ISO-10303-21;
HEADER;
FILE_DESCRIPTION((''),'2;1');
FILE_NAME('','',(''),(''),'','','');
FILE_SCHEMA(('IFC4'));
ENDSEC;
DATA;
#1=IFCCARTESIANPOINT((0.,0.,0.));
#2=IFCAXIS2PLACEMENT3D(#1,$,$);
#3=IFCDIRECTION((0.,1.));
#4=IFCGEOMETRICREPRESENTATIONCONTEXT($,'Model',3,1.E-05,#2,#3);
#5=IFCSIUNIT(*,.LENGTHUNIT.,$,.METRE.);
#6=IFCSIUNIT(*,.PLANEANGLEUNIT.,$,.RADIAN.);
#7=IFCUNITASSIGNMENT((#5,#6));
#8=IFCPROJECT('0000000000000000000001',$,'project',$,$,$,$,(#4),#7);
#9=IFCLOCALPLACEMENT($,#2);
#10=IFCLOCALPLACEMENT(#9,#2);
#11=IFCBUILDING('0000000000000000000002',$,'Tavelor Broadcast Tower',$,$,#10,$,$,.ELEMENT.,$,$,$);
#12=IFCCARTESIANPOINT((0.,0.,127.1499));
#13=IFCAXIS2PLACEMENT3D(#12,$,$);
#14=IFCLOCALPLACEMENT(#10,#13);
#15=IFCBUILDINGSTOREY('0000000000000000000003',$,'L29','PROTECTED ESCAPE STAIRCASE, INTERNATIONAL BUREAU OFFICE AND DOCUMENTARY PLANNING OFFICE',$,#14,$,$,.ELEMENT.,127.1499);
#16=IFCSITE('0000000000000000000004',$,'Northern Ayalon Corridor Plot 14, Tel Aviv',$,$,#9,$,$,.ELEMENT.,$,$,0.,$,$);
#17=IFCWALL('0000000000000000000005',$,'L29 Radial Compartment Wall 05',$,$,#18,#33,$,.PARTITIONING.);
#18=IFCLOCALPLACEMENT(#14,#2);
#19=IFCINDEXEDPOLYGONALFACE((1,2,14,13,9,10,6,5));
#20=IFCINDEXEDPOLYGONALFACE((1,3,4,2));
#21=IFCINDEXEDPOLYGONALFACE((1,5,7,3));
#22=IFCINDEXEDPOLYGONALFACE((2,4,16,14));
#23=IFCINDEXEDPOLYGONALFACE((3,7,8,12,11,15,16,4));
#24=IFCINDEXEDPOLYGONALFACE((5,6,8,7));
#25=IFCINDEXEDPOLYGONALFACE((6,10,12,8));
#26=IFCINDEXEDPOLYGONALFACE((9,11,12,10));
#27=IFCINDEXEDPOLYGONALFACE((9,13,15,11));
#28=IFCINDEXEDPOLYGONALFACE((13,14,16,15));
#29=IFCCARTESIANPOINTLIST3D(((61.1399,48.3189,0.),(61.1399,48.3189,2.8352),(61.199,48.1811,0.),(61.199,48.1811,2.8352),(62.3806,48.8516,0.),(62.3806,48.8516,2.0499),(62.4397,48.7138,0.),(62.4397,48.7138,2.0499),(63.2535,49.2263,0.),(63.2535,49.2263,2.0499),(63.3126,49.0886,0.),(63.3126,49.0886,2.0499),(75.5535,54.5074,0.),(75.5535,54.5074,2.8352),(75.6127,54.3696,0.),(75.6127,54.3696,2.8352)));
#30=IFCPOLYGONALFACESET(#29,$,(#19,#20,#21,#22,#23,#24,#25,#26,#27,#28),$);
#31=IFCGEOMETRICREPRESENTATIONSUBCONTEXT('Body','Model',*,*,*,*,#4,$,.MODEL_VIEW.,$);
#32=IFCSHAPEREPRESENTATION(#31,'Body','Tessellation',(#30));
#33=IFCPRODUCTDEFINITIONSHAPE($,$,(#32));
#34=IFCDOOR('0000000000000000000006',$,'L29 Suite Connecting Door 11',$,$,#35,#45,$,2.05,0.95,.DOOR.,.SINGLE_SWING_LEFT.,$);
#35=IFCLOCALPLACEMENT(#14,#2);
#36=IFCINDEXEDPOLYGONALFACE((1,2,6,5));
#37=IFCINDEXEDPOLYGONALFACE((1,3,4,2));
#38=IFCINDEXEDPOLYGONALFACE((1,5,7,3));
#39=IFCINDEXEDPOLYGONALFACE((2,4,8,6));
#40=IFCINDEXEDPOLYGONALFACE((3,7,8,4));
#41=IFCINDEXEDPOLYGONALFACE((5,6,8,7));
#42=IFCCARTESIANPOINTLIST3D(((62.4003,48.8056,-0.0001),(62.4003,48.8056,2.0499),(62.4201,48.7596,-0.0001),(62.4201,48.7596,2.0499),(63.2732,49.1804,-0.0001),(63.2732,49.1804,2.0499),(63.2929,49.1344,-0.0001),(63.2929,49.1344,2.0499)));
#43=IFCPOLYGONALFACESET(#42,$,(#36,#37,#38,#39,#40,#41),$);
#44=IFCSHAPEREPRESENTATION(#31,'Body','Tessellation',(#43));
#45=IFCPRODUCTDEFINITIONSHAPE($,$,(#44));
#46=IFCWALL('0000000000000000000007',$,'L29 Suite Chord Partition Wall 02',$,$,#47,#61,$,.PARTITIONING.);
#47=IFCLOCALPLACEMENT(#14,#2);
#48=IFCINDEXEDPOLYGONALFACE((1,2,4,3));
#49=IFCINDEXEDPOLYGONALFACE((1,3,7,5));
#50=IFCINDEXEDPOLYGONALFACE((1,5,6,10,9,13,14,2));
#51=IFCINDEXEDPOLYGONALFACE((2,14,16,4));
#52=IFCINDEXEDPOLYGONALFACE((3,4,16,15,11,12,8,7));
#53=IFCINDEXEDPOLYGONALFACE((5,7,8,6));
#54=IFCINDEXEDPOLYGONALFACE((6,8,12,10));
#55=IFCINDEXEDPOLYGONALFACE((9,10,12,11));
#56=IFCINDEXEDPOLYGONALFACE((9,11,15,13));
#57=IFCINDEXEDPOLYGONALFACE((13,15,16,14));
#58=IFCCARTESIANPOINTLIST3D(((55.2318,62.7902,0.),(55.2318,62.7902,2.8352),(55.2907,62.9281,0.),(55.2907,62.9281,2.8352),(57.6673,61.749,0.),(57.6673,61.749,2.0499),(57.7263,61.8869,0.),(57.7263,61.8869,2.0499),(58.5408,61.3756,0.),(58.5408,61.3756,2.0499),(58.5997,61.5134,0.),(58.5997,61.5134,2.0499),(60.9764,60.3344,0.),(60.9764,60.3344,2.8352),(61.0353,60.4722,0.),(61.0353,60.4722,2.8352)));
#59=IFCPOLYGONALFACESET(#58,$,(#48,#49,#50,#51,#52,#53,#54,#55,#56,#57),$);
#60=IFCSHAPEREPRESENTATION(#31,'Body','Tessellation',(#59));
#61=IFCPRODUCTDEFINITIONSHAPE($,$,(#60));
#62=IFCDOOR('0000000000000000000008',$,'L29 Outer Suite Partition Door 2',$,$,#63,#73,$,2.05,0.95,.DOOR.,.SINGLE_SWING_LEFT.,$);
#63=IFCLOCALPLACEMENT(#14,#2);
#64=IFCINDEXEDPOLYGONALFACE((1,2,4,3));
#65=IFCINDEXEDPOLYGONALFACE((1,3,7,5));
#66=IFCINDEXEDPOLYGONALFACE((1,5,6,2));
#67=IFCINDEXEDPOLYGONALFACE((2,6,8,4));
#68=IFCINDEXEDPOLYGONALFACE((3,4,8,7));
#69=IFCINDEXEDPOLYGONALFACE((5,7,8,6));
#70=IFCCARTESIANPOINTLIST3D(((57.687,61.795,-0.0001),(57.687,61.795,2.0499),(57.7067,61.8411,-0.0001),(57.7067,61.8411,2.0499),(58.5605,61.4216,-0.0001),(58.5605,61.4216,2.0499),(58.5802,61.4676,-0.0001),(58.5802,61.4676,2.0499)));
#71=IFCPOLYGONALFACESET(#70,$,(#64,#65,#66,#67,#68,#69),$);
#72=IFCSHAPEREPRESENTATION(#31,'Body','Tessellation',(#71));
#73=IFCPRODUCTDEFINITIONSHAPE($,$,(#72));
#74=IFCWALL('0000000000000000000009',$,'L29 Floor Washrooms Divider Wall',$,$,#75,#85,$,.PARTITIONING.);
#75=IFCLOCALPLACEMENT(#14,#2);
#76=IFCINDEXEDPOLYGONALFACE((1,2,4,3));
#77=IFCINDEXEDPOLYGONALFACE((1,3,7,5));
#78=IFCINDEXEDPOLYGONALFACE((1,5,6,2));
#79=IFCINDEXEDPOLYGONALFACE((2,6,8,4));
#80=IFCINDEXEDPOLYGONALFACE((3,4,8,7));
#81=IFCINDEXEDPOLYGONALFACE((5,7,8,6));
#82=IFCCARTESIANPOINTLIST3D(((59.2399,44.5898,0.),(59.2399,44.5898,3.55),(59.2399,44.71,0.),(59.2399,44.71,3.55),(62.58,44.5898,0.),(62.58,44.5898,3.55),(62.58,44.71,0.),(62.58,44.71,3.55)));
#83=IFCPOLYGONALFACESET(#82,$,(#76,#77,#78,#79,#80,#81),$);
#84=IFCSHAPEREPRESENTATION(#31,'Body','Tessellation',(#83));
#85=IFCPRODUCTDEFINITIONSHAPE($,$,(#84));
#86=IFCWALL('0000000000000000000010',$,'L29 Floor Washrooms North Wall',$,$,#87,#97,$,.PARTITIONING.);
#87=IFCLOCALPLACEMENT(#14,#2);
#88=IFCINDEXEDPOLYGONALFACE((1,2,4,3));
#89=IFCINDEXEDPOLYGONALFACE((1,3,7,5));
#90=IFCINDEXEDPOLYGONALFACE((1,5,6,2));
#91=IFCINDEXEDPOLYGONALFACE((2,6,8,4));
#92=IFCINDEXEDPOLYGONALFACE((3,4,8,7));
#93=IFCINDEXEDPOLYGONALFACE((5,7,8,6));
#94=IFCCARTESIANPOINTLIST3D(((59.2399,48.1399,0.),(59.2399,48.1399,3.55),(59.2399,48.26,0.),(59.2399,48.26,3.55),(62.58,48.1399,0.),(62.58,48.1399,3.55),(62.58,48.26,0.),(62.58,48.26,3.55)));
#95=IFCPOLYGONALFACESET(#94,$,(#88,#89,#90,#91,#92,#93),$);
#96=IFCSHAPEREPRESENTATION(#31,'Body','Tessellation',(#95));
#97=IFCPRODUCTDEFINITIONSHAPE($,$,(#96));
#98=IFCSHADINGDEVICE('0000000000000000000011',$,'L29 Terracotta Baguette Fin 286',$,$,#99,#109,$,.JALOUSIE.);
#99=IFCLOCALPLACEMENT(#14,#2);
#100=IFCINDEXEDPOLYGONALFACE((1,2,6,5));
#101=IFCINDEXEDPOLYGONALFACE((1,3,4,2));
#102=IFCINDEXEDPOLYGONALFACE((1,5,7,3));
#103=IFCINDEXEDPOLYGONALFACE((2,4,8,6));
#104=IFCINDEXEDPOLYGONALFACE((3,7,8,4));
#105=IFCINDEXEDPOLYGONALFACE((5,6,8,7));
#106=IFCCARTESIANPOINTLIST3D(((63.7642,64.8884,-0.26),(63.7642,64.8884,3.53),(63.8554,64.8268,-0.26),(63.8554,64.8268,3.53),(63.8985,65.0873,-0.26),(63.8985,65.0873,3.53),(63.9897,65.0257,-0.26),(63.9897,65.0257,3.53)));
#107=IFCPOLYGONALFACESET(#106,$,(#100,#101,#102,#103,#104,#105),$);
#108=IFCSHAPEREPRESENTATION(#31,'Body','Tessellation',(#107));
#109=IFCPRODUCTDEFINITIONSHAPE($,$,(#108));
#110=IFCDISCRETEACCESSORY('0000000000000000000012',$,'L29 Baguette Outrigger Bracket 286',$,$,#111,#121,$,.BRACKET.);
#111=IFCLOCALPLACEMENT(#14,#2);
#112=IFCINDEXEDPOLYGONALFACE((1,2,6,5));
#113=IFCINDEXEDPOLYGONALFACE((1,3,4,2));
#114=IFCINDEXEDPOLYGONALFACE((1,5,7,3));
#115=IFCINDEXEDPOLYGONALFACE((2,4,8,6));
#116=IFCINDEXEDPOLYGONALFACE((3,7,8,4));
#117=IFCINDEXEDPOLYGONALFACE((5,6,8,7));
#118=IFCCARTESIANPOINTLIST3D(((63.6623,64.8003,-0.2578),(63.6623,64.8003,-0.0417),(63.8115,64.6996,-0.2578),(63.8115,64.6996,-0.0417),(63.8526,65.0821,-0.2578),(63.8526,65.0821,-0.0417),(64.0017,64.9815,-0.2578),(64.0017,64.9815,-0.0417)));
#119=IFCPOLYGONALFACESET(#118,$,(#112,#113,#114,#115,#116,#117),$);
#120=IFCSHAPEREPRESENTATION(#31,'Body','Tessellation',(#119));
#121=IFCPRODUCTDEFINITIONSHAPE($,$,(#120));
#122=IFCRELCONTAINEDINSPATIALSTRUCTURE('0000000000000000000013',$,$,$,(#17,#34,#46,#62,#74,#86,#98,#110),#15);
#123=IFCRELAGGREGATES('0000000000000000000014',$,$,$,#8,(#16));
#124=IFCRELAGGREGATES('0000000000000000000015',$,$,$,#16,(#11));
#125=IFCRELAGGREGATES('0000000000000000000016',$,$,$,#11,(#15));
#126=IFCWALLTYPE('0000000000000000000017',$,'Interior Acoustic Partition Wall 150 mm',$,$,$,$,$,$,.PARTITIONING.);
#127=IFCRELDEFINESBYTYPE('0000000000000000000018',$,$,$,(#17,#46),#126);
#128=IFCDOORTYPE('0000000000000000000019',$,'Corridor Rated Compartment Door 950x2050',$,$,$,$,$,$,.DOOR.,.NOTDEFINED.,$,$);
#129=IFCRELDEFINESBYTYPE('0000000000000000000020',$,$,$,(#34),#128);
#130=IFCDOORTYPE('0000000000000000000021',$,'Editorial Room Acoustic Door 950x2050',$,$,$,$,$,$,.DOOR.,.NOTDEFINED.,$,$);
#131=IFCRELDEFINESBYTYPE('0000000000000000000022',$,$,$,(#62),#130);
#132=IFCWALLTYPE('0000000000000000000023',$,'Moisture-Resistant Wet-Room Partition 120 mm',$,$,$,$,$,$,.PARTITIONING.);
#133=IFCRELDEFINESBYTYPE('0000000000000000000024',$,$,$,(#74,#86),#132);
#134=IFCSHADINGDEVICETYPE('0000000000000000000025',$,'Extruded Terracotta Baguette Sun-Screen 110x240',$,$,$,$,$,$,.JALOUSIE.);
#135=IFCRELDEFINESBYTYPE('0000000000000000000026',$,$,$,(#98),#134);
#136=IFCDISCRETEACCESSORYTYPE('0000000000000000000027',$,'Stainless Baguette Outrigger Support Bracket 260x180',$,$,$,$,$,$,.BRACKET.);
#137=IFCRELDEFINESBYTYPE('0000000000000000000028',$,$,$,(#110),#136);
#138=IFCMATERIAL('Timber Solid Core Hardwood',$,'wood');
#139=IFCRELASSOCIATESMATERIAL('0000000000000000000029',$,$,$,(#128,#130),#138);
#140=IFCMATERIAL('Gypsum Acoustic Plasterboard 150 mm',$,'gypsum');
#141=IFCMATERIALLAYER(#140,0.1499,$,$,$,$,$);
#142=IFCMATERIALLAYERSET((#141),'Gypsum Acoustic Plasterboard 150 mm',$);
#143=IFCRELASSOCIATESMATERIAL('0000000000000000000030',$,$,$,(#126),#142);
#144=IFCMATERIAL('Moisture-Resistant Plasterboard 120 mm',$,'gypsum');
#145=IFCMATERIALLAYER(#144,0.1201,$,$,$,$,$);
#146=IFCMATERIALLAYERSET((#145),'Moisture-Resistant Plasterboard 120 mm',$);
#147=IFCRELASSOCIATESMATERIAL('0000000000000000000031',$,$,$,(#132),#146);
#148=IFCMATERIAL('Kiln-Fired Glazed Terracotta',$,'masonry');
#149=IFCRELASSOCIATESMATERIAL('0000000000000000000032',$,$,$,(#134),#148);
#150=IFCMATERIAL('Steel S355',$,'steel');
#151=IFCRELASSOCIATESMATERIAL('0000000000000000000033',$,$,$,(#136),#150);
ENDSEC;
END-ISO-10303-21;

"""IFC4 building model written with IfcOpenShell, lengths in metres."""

from ifc_helpers import new_model, si_unit, direction, frame, frame_2d, origin, origin_2d, place, context, subcontext, project, spatial, rectangle, extrude, source, transform, mapped, material, layer, layer_set, type_object, type_shapes, element, fill, save


model = new_model("IFC4")

# Units and contexts
model_context = context("Model", 3, precision=1e-05, world=origin(), true_north=direction((0.0, 1.0)))
body_context = subcontext(model_context, "Body", "Model", "MODEL_VIEW")
ifc_project = project(units=[si_unit("LENGTHUNIT", "METRE"), si_unit("PLANEANGLEUNIT", "RADIAN")], contexts=[model_context])

# Site, building, storey
site_placement = place(None, origin())
site = spatial("IfcSite", under=ifc_project, at=site_placement, Name="Northern Ayalon Corridor Plot 14, Tel Aviv", CompositionType="ELEMENT", RefElevation=0.0)
building_placement = place(site_placement, origin())
building = spatial("IfcBuilding", under=site, at=building_placement, Name="Tavelor Broadcast Tower", CompositionType="ELEMENT")
storey_placement = place(building_placement, frame((0.0, 0.0, 127.1499)))
storey = spatial("IfcBuildingStorey", under=building, at=storey_placement, Name="L29", Description="PROTECTED ESCAPE STAIRCASE, INTERNATIONAL BUREAU OFFICE AND DOCUMENTARY PLANNING OFFICE", CompositionType="ELEMENT", Elevation=127.1499)

# Shared definitions
ifc_material_1 = material(Name="Steel S355", Category="steel")

# Shared definitions
ifc_material_2 = material(Name="Timber Solid Core Hardwood", Category="wood")
door_type_1 = type_object("IfcDoorType", Name="Corridor Rated Compartment Door 950x2050", OperationType="NOTDEFINED", PredefinedType="DOOR", material=ifc_material_2)

# Shared definitions
ifc_material_3 = material(Name="Gypsum Acoustic Plasterboard 150 mm", Category="gypsum")
ifc_layer_1 = layer(ifc_material_3, 0.1499)
ifc_layer_set_1 = layer_set([ifc_layer_1], Name="Gypsum Acoustic Plasterboard 150 mm")
wall_type_1 = type_object("IfcWallType", Name="Interior Acoustic Partition Wall 150 mm", PredefinedType="PARTITIONING", material=ifc_layer_set_1)

# Walls, openings, doors
wall_1_placement = place(storey_placement, frame((61.1694, 48.25, 0.0), z_axis=(0.0, 0.0, 1.0), x_axis=(0.918886, 0.394524, 0.0)))
wall_1 = element("IfcWall", 1, at=wall_1_placement, inside=storey, type_object=wall_type_1, Name="L29 Radial Compartment Wall 05", PredefinedType="PARTITIONING", context=body_context, shape_type="SweptSolid", body=[
    extrude(rectangle(XDim=15.686, YDim=0.1499, at=frame_2d((7.843, 0.0))), origin(), (0.0, 0.0, 1.0), 2.8352),
])
opening_1_placement = place(wall_1_placement, frame((1.3501, 0.0, 0.0)))
opening_1 = element("IfcOpeningElement", 2, at=opening_1_placement, cuts=wall_1, PredefinedType="OPENING", context=body_context, shape_type="SweptSolid", body=[
    extrude(rectangle(XDim=0.95, YDim=2.05, at=frame_2d((0.4751, 1.0249))), frame((0.0, 0.085, 0.0), z_axis=(0.0, -1.0, 0.0), x_axis=(1.0, 0.0, 0.0)), (0.0, 0.0, 1.0), 0.1699),
])
door_1_placement = place(opening_1_placement, origin())
door_1 = element("IfcDoor", 3, at=door_1_placement, inside=storey, type_object=door_type_1, Name="L29 Suite Connecting Door 11", OperationType="SINGLE_SWING_LEFT", OverallHeight=2.05, OverallWidth=0.95, PredefinedType="DOOR", context=body_context, shape_type="SweptSolid", body=[
    extrude(rectangle(XDim=0.95, YDim=2.05, at=frame_2d((0.4751, 1.0249))), frame((0.0, 0.0249, 0.0), z_axis=(0.0, -1.0, 0.0), x_axis=(1.0, 0.0, 0.0)), (0.0, 0.0, 1.0), 0.05),
])
fill(opening_1, door_1)
wall_2_placement = place(storey_placement, frame((61.0059, 60.4033, 0.0), z_axis=(0.0, 0.0, 1.0), x_axis=(-0.919502, 0.393084, 0.0)))
wall_2 = element("IfcWall", 4, at=wall_2_placement, inside=storey, type_object=wall_type_1, Name="L29 Suite Chord Partition Wall 02", PredefinedType="PARTITIONING", context=body_context, shape_type="SweptSolid", body=[
    extrude(rectangle(XDim=6.2476, YDim=0.1499, at=frame_2d((3.1238, 0.0))), origin(), (0.0, 0.0, 1.0), 2.8352),
])
opening_2_placement = place(wall_2_placement, frame((2.6487, 0.0, 0.0)))
opening_2 = element("IfcOpeningElement", 5, at=opening_2_placement, cuts=wall_2, PredefinedType="OPENING", context=body_context, shape_type="SweptSolid", body=[
    extrude(rectangle(XDim=0.95, YDim=2.05, at=frame_2d((0.4751, 1.0249))), frame((0.0, 0.085, 0.0), z_axis=(0.0, -1.0, 0.0), x_axis=(1.0, 0.0, 0.0)), (0.0, 0.0, 1.0), 0.1699),
])
door_type_2 = type_object("IfcDoorType", Name="Editorial Room Acoustic Door 950x2050", OperationType="NOTDEFINED", PredefinedType="DOOR", material=ifc_material_2)
door_2_placement = place(opening_2_placement, origin())
door_2 = element("IfcDoor", 6, at=door_2_placement, inside=storey, type_object=door_type_2, Name="L29 Outer Suite Partition Door 2", OperationType="SINGLE_SWING_LEFT", OverallHeight=2.05, OverallWidth=0.95, PredefinedType="DOOR", context=body_context, shape_type="SweptSolid", body=[
    extrude(rectangle(XDim=0.95, YDim=2.05, at=frame_2d((0.4751, 1.0249))), frame((0.0, 0.0249, 0.0), z_axis=(0.0, -1.0, 0.0), x_axis=(1.0, 0.0, 0.0)), (0.0, 0.0, 1.0), 0.05),
])
fill(opening_2, door_2)

# Walls
ifc_material_4 = material(Name="Moisture-Resistant Plasterboard 120 mm", Category="gypsum")
ifc_layer_2 = layer(ifc_material_4, 0.1201)
ifc_layer_set_2 = layer_set([ifc_layer_2], Name="Moisture-Resistant Plasterboard 120 mm")
wall_type_2 = type_object("IfcWallType", Name="Moisture-Resistant Wet-Room Partition 120 mm", PredefinedType="PARTITIONING", material=ifc_layer_set_2)
for number, where, z_axis, x_axis, name in (
    (7, (59.24, 44.6499, 0.0), (0.0, 0.0, 1.0), (1.0, 0.0, 0.0), "L29 Floor Washrooms Divider Wall"),
    (8, (59.24, 48.2, 0.0), (0.0, 0.0, 1.0), (1.0, 0.0, 0.0), "L29 Floor Washrooms North Wall"),
):
    element("IfcWall", number, at=place(storey_placement, frame(where, z_axis=z_axis, x_axis=x_axis)), inside=storey, type_object=wall_type_2, Name=name, PredefinedType="PARTITIONING", context=body_context, shape_type="SweptSolid", body=[
        extrude(rectangle(XDim=3.3401, YDim=0.1201, at=frame_2d((1.6699, 0.0))), origin(), (0.0, 0.0, 1.0), 3.55),
    ])

# Shading device
ifc_material_5 = material(Name="Kiln-Fired Glazed Terracotta", Category="masonry")
shading_device_type = type_object("IfcShadingDeviceType", Name="Extruded Terracotta Baguette Sun-Screen 110x240", PredefinedType="JALOUSIE", material=ifc_material_5)
shared_shape_1 = source(origin(), body_context, "Body", "SweptSolid", [
    extrude(rectangle(XDim=0.1101, YDim=0.24, at=origin_2d()), origin(), (0.0, 0.0, 1.0), 3.79),
])
type_shapes(shading_device_type, [shared_shape_1])
shading_device_placement = place(storey_placement, frame((63.877, 64.957, -0.26), z_axis=(0.0, 0.0, 1.0), x_axis=(-0.828842, 0.559482, 0.0)))
element("IfcShadingDevice", 9, at=shading_device_placement, inside=storey, type_object=shading_device_type, Name="L29 Terracotta Baguette Fin 286", PredefinedType="JALOUSIE", context=body_context, shape_type="MappedRepresentation", body=[
    mapped(shared_shape_1, transform((0.0, 0.0, 0.0), scale=1.0)),
])

# Discrete accessory
discrete_accessory_type = type_object("IfcDiscreteAccessoryType", Name="Stainless Baguette Outrigger Support Bracket 260x180", PredefinedType="BRACKET", material=ifc_material_1)
shared_shape_2 = source(origin(), body_context, "Body", "SweptSolid", [
    extrude(rectangle(XDim=0.1799, YDim=0.3401, at=origin_2d()), origin(), (0.0, 0.0, 1.0), 0.2161),
])
type_shapes(discrete_accessory_type, [shared_shape_2])
discrete_accessory_placement = place(storey_placement, frame((63.832, 64.8909, -0.2578), z_axis=(0.0, 0.0, 1.0), x_axis=(-0.828842, 0.559482, 0.0)))
element("IfcDiscreteAccessory", 10, at=discrete_accessory_placement, inside=storey, type_object=discrete_accessory_type, Name="L29 Baguette Outrigger Bracket 286", PredefinedType="BRACKET", context=body_context, shape_type="MappedRepresentation", body=[
    mapped(shared_shape_2, transform((0.0, 0.0, 0.0), scale=1.0)),
])

save(model, "model.ifc")
